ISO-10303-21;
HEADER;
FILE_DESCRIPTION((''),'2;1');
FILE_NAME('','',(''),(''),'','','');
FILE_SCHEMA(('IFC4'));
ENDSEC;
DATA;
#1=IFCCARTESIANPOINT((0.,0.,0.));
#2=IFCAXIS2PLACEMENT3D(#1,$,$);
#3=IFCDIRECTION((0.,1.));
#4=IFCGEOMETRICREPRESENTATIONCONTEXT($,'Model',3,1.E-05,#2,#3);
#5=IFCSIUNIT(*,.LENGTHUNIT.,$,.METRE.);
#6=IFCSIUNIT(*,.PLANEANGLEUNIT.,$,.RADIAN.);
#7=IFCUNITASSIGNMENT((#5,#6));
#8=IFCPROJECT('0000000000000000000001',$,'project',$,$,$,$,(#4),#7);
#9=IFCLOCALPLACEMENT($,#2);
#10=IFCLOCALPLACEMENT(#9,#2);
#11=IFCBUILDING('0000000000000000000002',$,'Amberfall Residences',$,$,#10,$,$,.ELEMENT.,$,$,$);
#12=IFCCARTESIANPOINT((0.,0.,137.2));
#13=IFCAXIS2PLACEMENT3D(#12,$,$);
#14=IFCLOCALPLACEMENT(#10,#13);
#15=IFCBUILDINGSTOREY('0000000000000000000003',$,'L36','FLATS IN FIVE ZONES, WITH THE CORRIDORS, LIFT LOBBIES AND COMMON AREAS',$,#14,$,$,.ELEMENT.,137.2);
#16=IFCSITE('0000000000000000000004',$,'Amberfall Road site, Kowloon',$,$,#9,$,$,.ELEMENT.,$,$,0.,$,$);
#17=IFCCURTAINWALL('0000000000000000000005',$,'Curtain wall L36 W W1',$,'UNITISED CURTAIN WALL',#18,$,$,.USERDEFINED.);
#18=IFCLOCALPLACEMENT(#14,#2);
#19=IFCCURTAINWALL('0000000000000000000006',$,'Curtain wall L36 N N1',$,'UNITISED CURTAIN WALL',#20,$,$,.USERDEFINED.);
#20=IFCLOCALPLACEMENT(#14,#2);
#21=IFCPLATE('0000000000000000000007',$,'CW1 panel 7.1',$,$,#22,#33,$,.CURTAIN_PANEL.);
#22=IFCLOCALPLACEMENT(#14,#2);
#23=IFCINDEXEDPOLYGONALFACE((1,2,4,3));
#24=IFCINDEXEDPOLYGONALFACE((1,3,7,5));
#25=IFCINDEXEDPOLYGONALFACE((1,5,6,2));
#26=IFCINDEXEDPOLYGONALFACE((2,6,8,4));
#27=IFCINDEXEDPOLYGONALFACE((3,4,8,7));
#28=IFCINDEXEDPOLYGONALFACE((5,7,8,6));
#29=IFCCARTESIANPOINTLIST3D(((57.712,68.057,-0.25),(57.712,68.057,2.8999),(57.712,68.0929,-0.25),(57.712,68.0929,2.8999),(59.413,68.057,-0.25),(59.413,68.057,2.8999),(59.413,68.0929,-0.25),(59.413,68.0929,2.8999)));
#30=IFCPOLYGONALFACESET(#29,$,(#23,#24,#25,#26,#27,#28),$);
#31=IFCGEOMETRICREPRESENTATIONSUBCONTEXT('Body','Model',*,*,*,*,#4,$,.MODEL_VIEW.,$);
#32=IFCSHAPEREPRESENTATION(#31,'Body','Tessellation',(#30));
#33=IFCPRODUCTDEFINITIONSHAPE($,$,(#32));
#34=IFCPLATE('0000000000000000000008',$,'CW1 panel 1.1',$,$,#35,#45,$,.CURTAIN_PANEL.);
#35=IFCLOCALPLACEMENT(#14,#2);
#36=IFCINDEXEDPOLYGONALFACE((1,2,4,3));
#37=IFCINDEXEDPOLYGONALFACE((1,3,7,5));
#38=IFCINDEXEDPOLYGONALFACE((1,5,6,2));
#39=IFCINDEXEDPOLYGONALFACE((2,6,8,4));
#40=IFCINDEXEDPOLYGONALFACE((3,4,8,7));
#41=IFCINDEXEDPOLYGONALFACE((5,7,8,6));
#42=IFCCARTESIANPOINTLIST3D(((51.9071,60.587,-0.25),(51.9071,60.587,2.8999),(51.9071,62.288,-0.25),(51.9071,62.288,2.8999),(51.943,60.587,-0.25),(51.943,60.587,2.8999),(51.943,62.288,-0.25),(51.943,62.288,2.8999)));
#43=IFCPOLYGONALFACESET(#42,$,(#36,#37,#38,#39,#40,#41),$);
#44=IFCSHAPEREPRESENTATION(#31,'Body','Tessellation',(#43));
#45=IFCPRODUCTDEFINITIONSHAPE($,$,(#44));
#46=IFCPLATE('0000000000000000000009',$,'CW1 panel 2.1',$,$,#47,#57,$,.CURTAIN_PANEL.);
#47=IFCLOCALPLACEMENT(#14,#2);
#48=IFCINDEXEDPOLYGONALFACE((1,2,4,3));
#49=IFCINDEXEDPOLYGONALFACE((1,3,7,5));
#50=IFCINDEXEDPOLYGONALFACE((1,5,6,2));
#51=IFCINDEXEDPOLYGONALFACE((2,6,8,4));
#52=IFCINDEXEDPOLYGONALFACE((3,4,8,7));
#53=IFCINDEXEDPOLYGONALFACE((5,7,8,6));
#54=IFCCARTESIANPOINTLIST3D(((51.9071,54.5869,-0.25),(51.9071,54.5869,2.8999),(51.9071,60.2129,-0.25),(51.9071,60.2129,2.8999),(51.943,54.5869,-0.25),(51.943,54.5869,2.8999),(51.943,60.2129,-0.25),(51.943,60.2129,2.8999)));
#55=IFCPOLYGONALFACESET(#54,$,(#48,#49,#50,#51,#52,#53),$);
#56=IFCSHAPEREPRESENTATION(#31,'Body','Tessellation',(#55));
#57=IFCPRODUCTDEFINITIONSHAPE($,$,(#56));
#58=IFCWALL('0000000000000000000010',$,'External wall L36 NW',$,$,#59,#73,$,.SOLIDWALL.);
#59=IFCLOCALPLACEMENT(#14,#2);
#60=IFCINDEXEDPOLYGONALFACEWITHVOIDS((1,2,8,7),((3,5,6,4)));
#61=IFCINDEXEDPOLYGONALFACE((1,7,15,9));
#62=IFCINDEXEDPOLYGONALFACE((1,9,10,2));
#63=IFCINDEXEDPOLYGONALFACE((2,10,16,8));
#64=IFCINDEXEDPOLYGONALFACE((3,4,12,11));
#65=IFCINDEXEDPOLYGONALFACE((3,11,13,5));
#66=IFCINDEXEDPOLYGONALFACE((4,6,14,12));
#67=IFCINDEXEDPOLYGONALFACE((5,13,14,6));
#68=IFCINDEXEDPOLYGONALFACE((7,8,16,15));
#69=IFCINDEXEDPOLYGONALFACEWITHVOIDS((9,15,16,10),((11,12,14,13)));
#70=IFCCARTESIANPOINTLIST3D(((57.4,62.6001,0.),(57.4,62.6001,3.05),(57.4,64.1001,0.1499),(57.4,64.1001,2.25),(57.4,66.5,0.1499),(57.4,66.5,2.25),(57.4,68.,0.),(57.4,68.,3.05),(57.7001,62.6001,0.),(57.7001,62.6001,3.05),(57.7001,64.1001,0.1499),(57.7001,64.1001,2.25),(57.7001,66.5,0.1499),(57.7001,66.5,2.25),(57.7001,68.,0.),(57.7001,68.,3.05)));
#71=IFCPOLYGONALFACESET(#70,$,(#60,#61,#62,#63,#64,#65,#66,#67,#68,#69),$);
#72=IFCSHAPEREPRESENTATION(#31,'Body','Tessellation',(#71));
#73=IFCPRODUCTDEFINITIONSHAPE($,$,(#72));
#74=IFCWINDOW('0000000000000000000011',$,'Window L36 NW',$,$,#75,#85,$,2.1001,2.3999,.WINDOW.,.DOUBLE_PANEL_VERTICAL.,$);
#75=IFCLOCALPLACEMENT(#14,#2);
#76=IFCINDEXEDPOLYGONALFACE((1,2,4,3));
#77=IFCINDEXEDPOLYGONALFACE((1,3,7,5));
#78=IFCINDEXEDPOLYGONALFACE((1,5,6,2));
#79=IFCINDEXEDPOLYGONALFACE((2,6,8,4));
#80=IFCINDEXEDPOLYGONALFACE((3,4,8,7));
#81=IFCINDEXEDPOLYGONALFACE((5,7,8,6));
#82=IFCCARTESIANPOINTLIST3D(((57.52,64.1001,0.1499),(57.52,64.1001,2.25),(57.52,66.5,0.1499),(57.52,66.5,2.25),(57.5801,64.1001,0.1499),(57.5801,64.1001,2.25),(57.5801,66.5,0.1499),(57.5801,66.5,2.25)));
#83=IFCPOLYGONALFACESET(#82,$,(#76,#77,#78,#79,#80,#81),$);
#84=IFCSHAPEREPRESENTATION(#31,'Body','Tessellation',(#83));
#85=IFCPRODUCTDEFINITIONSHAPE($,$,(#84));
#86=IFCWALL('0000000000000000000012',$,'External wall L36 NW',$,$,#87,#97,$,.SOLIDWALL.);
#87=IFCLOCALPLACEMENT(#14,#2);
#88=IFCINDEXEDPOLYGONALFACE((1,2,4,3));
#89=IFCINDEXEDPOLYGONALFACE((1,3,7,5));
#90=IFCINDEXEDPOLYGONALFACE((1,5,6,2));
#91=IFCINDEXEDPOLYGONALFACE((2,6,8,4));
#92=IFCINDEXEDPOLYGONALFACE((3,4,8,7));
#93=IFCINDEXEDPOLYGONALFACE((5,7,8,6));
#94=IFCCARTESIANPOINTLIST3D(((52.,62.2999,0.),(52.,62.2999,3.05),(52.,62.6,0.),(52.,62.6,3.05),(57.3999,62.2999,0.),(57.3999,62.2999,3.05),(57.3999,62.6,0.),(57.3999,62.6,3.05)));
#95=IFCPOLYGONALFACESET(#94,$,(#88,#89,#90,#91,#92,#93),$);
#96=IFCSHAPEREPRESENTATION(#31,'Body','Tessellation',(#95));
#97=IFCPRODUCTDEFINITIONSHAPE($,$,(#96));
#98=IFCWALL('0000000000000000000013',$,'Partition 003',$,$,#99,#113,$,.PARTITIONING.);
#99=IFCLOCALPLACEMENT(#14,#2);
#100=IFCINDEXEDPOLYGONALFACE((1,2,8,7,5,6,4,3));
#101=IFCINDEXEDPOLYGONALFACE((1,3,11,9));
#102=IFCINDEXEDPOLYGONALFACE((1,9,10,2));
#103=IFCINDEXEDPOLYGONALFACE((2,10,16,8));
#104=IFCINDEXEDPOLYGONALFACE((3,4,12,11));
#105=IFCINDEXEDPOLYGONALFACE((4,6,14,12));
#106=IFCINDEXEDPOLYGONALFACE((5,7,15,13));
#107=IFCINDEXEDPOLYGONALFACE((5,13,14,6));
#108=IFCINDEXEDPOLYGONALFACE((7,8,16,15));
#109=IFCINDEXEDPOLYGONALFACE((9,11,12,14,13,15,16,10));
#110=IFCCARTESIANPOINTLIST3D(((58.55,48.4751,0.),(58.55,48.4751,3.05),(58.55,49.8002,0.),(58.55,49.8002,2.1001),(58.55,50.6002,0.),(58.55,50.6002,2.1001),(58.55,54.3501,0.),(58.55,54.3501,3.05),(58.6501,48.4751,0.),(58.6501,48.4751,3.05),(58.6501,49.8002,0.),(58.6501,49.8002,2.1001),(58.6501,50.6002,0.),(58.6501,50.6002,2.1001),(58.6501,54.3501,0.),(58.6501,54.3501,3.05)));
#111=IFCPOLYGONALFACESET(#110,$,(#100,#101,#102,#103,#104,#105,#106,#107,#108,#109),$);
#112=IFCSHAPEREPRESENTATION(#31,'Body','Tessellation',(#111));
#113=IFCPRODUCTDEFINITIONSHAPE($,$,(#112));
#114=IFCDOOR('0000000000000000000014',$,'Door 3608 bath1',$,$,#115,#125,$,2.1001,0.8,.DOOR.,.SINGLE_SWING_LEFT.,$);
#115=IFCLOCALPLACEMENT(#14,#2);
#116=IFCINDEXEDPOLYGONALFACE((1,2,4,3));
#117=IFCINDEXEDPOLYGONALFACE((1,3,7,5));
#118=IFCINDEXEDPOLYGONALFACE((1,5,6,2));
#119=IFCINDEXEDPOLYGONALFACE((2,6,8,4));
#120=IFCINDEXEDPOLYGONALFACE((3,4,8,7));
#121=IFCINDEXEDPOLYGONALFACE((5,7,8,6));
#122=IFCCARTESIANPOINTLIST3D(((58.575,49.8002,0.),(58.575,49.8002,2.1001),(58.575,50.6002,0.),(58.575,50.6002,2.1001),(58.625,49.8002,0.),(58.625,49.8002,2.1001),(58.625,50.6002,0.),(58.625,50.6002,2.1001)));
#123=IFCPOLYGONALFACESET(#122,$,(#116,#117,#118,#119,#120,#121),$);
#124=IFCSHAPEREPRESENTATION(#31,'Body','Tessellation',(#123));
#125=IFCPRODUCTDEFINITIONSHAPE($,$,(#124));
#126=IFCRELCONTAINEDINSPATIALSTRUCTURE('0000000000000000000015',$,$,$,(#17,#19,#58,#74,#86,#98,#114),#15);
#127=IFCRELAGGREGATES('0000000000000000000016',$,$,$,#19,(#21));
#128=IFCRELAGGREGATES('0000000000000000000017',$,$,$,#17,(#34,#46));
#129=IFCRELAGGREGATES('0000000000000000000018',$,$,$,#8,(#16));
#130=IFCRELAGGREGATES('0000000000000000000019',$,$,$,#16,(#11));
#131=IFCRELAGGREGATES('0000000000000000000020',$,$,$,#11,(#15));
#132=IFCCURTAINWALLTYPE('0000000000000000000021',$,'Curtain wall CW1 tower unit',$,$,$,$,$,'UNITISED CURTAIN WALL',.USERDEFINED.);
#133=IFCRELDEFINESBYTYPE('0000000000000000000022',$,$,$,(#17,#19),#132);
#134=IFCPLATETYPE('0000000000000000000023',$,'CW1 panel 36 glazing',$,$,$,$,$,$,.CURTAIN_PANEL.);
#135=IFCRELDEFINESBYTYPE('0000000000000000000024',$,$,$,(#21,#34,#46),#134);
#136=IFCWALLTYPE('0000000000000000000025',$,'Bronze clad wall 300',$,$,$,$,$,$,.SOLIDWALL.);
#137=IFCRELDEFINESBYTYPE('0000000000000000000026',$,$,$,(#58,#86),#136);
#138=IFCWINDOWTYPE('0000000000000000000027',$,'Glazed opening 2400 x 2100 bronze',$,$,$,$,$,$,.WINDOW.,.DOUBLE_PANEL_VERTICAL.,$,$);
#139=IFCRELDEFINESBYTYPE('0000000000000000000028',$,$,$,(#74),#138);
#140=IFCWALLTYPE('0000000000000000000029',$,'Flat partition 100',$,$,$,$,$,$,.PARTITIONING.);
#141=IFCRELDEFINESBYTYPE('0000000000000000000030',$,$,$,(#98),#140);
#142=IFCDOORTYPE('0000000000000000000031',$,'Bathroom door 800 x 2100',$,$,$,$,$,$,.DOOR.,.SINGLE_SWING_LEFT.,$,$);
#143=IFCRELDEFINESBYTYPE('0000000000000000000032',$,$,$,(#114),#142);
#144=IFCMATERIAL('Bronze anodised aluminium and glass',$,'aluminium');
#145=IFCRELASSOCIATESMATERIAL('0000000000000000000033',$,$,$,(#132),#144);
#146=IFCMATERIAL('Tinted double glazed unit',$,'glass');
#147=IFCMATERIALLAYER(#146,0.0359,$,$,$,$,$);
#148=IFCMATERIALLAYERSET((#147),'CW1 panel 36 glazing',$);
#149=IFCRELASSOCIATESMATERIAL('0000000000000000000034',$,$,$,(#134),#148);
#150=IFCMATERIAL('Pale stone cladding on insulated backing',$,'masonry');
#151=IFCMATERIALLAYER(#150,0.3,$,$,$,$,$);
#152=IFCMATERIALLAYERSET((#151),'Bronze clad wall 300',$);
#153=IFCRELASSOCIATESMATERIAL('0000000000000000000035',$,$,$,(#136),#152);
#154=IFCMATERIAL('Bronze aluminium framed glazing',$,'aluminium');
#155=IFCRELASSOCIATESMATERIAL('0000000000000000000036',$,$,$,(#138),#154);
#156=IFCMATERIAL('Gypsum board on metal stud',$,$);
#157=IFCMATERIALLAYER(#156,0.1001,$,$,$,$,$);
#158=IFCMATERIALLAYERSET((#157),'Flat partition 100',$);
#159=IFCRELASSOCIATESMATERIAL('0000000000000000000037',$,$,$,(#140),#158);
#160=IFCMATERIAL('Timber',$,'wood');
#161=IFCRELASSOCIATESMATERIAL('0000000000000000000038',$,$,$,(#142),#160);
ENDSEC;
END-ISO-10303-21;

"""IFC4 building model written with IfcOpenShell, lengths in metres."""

from ifc_helpers import new_model, si_unit, direction, frame, frame_2d, origin, origin_2d, place, context, subcontext, project, spatial, rectangle, extrude, material, layer, layer_set, type_object, element, fill, aggregate, save


model = new_model("IFC4")

# Units and contexts
model_context = context("Model", 3, precision=1e-05, world=origin(), true_north=direction((0.0, 1.0)))
body_context = subcontext(model_context, "Body", "Model", "MODEL_VIEW")
ifc_project = project(units=[si_unit("LENGTHUNIT", "METRE"), si_unit("PLANEANGLEUNIT", "RADIAN")], contexts=[model_context])

# Site, building, storey
site_placement = place(None, origin())
site = spatial("IfcSite", under=ifc_project, at=site_placement, Name="Amberfall Road site, Kowloon", CompositionType="ELEMENT", RefElevation=0.0)
building_placement = place(site_placement, origin())
building = spatial("IfcBuilding", under=site, at=building_placement, Name="Amberfall Residences", CompositionType="ELEMENT")
storey_placement = place(building_placement, frame((0.0, 0.0, 137.2)))
storey = spatial("IfcBuildingStorey", under=building, at=storey_placement, Name="L36", Description="FLATS IN FIVE ZONES, WITH THE CORRIDORS, LIFT LOBBIES AND COMMON AREAS", CompositionType="ELEMENT", Elevation=137.2)

# Curtain wall
ifc_material_1 = material(Name="Bronze anodised aluminium and glass", Category="aluminium")
curtain_wall_type = type_object("IfcCurtainWallType", Name="Curtain wall CW1 tower unit", ElementType="UNITISED CURTAIN WALL", PredefinedType="USERDEFINED", material=ifc_material_1)
curtain_wall_1_placement = place(storey_placement, origin())
curtain_wall_1 = element("IfcCurtainWall", 1, at=curtain_wall_1_placement, inside=storey, type_object=curtain_wall_type, Name="Curtain wall L36 W W1", ObjectType="UNITISED CURTAIN WALL", PredefinedType="USERDEFINED")

# Curtain wall
curtain_wall_2_placement = place(storey_placement, origin())
curtain_wall_2 = element("IfcCurtainWall", 2, at=curtain_wall_2_placement, inside=storey, type_object=curtain_wall_type, Name="Curtain wall L36 N N1", ObjectType="UNITISED CURTAIN WALL", PredefinedType="USERDEFINED")

# Plates
ifc_material_2 = material(Name="Tinted double glazed unit", Category="glass")
ifc_layer_1 = layer(ifc_material_2, 0.0359)
ifc_layer_set_1 = layer_set([ifc_layer_1], Name="CW1 panel 36 glazing")
plate_type = type_object("IfcPlateType", Name="CW1 panel 36 glazing", PredefinedType="CURTAIN_PANEL", material=ifc_layer_set_1)
plate_1_placement = place(storey_placement, frame((58.5625, 68.075, -0.25), z_axis=(0.0, 0.0, 1.0), x_axis=(-1.0, 0.0, 0.0)))
plate_1 = element("IfcPlate", 3, at=plate_1_placement, type_object=plate_type, Name="CW1 panel 7.1", PredefinedType="CURTAIN_PANEL", context=body_context, shape_type="SweptSolid", body=[
    extrude(rectangle(XDim=1.7009, YDim=0.0359, at=origin_2d()), origin(), (0.0, 0.0, 1.0), 3.1499),
])
aggregate(curtain_wall_2, [plate_1])
plate_2_placement = place(storey_placement, frame((51.925, 61.4375, -0.25), z_axis=(0.0, 0.0, 1.0), x_axis=(0.0, -1.0, 0.0)))
plate_2 = element("IfcPlate", 4, at=plate_2_placement, type_object=plate_type, Name="CW1 panel 1.1", PredefinedType="CURTAIN_PANEL", context=body_context, shape_type="SweptSolid", body=[
    extrude(rectangle(XDim=1.7009, YDim=0.0359, at=origin_2d()), origin(), (0.0, 0.0, 1.0), 3.1499),
])
plate_3_placement = place(storey_placement, frame((51.925, 57.3999, -0.25), z_axis=(0.0, 0.0, 1.0), x_axis=(0.0, -1.0, 0.0)))
plate_3 = element("IfcPlate", 5, at=plate_3_placement, type_object=plate_type, Name="CW1 panel 2.1", PredefinedType="CURTAIN_PANEL", context=body_context, shape_type="SweptSolid", body=[
    extrude(rectangle(XDim=5.626, YDim=0.0359, at=origin_2d()), origin(), (0.0, 0.0, 1.0), 3.1499),
])
aggregate(curtain_wall_1, [plate_2, plate_3])

# Wall, opening, window
ifc_material_3 = material(Name="Pale stone cladding on insulated backing", Category="masonry")
ifc_layer_2 = layer(ifc_material_3, 0.3)
ifc_layer_set_2 = layer_set([ifc_layer_2], Name="Bronze clad wall 300")
wall_type_1 = type_object("IfcWallType", Name="Bronze clad wall 300", PredefinedType="SOLIDWALL", material=ifc_layer_set_2)
wall_1_placement = place(storey_placement, frame((57.55, 68.0, 0.0), z_axis=(0.0, 0.0, 1.0), x_axis=(0.0, -1.0, 0.0)))
wall_1 = element("IfcWall", 6, at=wall_1_placement, inside=storey, type_object=wall_type_1, Name="External wall L36 NW", PredefinedType="SOLIDWALL", context=body_context, shape_type="SweptSolid", body=[
    extrude(rectangle(XDim=5.3999, YDim=0.3, at=frame_2d((2.7, 0.0))), origin(), (0.0, 0.0, 1.0), 3.05),
])
opening_1_placement = place(wall_1_placement, frame((1.5, 0.0, 0.1499)))
opening_1 = element("IfcOpeningElement", 7, at=opening_1_placement, cuts=wall_1, PredefinedType="OPENING", context=body_context, shape_type="SweptSolid", body=[
    extrude(rectangle(XDim=2.3999, YDim=2.1001, at=frame_2d((1.2, 1.05))), frame((0.0, 0.1599, 0.0), z_axis=(0.0, -1.0, 0.0), x_axis=(1.0, 0.0, 0.0)), (0.0, 0.0, 1.0), 0.3201),
])
ifc_material_4 = material(Name="Bronze aluminium framed glazing", Category="aluminium")
window_type = type_object("IfcWindowType", Name="Glazed opening 2400 x 2100 bronze", PartitioningType="DOUBLE_PANEL_VERTICAL", PredefinedType="WINDOW", material=ifc_material_4)
window_placement = place(opening_1_placement, origin())
window = element("IfcWindow", 8, at=window_placement, inside=storey, type_object=window_type, Name="Window L36 NW", OverallHeight=2.1001, OverallWidth=2.3999, PartitioningType="DOUBLE_PANEL_VERTICAL", PredefinedType="WINDOW", context=body_context, shape_type="SweptSolid", body=[
    extrude(rectangle(XDim=2.3999, YDim=2.1001, at=frame_2d((1.2, 1.05))), frame((0.0, 0.03, 0.0), z_axis=(0.0, -1.0, 0.0), x_axis=(1.0, 0.0, 0.0)), (0.0, 0.0, 1.0), 0.0601),
])
fill(opening_1, window)

# Wall
wall_2_placement = place(storey_placement, frame((57.3999, 62.45, 0.0), z_axis=(0.0, 0.0, 1.0), x_axis=(-1.0, 0.0, 0.0)))
element("IfcWall", 9, at=wall_2_placement, inside=storey, type_object=wall_type_1, Name="External wall L36 NW", PredefinedType="SOLIDWALL", context=body_context, shape_type="SweptSolid", body=[
    extrude(rectangle(XDim=5.3999, YDim=0.3, at=frame_2d((2.7, 0.0))), origin(), (0.0, 0.0, 1.0), 3.05),
])

# Wall, opening, door
ifc_material_5 = material(Name="Gypsum board on metal stud")
ifc_layer_3 = layer(ifc_material_5, 0.1001)
ifc_layer_set_3 = layer_set([ifc_layer_3], Name="Flat partition 100")
wall_type_2 = type_object("IfcWallType", Name="Flat partition 100", PredefinedType="PARTITIONING", material=ifc_layer_set_3)
wall_3_placement = place(storey_placement, frame((58.6001, 54.3501, 0.0), z_axis=(0.0, 0.0, 1.0), x_axis=(0.0, -1.0, 0.0)))
wall_3 = element("IfcWall", 10, at=wall_3_placement, inside=storey, type_object=wall_type_2, Name="Partition 003", PredefinedType="PARTITIONING", context=body_context, shape_type="SweptSolid", body=[
    extrude(rectangle(XDim=5.875, YDim=0.1001, at=frame_2d((2.9375, 0.0))), origin(), (0.0, 0.0, 1.0), 3.05),
])
opening_2_placement = place(wall_3_placement, frame((3.75, 0.0, 0.0)))
opening_2 = element("IfcOpeningElement", 11, at=opening_2_placement, cuts=wall_3, PredefinedType="OPENING", context=body_context, shape_type="SweptSolid", body=[
    extrude(rectangle(XDim=0.8, YDim=2.1001, at=frame_2d((0.3999, 1.05))), frame((0.0, 0.0601, 0.0), z_axis=(0.0, -1.0, 0.0), x_axis=(1.0, 0.0, 0.0)), (0.0, 0.0, 1.0), 0.1201),
])
ifc_material_6 = material(Name="Timber", Category="wood")
door_type = type_object("IfcDoorType", Name="Bathroom door 800 x 2100", OperationType="SINGLE_SWING_LEFT", PredefinedType="DOOR", material=ifc_material_6)
door_placement = place(opening_2_placement, origin())
door = element("IfcDoor", 12, at=door_placement, inside=storey, type_object=door_type, Name="Door 3608 bath1", OperationType="SINGLE_SWING_LEFT", OverallHeight=2.1001, OverallWidth=0.8, PredefinedType="DOOR", context=body_context, shape_type="SweptSolid", body=[
    extrude(rectangle(XDim=0.8, YDim=2.1001, at=frame_2d((0.3999, 1.05))), frame((0.0, 0.0249, 0.0), z_axis=(0.0, -1.0, 0.0), x_axis=(1.0, 0.0, 0.0)), (0.0, 0.0, 1.0), 0.05),
])
fill(opening_2, door)

save(model, "model.ifc")
